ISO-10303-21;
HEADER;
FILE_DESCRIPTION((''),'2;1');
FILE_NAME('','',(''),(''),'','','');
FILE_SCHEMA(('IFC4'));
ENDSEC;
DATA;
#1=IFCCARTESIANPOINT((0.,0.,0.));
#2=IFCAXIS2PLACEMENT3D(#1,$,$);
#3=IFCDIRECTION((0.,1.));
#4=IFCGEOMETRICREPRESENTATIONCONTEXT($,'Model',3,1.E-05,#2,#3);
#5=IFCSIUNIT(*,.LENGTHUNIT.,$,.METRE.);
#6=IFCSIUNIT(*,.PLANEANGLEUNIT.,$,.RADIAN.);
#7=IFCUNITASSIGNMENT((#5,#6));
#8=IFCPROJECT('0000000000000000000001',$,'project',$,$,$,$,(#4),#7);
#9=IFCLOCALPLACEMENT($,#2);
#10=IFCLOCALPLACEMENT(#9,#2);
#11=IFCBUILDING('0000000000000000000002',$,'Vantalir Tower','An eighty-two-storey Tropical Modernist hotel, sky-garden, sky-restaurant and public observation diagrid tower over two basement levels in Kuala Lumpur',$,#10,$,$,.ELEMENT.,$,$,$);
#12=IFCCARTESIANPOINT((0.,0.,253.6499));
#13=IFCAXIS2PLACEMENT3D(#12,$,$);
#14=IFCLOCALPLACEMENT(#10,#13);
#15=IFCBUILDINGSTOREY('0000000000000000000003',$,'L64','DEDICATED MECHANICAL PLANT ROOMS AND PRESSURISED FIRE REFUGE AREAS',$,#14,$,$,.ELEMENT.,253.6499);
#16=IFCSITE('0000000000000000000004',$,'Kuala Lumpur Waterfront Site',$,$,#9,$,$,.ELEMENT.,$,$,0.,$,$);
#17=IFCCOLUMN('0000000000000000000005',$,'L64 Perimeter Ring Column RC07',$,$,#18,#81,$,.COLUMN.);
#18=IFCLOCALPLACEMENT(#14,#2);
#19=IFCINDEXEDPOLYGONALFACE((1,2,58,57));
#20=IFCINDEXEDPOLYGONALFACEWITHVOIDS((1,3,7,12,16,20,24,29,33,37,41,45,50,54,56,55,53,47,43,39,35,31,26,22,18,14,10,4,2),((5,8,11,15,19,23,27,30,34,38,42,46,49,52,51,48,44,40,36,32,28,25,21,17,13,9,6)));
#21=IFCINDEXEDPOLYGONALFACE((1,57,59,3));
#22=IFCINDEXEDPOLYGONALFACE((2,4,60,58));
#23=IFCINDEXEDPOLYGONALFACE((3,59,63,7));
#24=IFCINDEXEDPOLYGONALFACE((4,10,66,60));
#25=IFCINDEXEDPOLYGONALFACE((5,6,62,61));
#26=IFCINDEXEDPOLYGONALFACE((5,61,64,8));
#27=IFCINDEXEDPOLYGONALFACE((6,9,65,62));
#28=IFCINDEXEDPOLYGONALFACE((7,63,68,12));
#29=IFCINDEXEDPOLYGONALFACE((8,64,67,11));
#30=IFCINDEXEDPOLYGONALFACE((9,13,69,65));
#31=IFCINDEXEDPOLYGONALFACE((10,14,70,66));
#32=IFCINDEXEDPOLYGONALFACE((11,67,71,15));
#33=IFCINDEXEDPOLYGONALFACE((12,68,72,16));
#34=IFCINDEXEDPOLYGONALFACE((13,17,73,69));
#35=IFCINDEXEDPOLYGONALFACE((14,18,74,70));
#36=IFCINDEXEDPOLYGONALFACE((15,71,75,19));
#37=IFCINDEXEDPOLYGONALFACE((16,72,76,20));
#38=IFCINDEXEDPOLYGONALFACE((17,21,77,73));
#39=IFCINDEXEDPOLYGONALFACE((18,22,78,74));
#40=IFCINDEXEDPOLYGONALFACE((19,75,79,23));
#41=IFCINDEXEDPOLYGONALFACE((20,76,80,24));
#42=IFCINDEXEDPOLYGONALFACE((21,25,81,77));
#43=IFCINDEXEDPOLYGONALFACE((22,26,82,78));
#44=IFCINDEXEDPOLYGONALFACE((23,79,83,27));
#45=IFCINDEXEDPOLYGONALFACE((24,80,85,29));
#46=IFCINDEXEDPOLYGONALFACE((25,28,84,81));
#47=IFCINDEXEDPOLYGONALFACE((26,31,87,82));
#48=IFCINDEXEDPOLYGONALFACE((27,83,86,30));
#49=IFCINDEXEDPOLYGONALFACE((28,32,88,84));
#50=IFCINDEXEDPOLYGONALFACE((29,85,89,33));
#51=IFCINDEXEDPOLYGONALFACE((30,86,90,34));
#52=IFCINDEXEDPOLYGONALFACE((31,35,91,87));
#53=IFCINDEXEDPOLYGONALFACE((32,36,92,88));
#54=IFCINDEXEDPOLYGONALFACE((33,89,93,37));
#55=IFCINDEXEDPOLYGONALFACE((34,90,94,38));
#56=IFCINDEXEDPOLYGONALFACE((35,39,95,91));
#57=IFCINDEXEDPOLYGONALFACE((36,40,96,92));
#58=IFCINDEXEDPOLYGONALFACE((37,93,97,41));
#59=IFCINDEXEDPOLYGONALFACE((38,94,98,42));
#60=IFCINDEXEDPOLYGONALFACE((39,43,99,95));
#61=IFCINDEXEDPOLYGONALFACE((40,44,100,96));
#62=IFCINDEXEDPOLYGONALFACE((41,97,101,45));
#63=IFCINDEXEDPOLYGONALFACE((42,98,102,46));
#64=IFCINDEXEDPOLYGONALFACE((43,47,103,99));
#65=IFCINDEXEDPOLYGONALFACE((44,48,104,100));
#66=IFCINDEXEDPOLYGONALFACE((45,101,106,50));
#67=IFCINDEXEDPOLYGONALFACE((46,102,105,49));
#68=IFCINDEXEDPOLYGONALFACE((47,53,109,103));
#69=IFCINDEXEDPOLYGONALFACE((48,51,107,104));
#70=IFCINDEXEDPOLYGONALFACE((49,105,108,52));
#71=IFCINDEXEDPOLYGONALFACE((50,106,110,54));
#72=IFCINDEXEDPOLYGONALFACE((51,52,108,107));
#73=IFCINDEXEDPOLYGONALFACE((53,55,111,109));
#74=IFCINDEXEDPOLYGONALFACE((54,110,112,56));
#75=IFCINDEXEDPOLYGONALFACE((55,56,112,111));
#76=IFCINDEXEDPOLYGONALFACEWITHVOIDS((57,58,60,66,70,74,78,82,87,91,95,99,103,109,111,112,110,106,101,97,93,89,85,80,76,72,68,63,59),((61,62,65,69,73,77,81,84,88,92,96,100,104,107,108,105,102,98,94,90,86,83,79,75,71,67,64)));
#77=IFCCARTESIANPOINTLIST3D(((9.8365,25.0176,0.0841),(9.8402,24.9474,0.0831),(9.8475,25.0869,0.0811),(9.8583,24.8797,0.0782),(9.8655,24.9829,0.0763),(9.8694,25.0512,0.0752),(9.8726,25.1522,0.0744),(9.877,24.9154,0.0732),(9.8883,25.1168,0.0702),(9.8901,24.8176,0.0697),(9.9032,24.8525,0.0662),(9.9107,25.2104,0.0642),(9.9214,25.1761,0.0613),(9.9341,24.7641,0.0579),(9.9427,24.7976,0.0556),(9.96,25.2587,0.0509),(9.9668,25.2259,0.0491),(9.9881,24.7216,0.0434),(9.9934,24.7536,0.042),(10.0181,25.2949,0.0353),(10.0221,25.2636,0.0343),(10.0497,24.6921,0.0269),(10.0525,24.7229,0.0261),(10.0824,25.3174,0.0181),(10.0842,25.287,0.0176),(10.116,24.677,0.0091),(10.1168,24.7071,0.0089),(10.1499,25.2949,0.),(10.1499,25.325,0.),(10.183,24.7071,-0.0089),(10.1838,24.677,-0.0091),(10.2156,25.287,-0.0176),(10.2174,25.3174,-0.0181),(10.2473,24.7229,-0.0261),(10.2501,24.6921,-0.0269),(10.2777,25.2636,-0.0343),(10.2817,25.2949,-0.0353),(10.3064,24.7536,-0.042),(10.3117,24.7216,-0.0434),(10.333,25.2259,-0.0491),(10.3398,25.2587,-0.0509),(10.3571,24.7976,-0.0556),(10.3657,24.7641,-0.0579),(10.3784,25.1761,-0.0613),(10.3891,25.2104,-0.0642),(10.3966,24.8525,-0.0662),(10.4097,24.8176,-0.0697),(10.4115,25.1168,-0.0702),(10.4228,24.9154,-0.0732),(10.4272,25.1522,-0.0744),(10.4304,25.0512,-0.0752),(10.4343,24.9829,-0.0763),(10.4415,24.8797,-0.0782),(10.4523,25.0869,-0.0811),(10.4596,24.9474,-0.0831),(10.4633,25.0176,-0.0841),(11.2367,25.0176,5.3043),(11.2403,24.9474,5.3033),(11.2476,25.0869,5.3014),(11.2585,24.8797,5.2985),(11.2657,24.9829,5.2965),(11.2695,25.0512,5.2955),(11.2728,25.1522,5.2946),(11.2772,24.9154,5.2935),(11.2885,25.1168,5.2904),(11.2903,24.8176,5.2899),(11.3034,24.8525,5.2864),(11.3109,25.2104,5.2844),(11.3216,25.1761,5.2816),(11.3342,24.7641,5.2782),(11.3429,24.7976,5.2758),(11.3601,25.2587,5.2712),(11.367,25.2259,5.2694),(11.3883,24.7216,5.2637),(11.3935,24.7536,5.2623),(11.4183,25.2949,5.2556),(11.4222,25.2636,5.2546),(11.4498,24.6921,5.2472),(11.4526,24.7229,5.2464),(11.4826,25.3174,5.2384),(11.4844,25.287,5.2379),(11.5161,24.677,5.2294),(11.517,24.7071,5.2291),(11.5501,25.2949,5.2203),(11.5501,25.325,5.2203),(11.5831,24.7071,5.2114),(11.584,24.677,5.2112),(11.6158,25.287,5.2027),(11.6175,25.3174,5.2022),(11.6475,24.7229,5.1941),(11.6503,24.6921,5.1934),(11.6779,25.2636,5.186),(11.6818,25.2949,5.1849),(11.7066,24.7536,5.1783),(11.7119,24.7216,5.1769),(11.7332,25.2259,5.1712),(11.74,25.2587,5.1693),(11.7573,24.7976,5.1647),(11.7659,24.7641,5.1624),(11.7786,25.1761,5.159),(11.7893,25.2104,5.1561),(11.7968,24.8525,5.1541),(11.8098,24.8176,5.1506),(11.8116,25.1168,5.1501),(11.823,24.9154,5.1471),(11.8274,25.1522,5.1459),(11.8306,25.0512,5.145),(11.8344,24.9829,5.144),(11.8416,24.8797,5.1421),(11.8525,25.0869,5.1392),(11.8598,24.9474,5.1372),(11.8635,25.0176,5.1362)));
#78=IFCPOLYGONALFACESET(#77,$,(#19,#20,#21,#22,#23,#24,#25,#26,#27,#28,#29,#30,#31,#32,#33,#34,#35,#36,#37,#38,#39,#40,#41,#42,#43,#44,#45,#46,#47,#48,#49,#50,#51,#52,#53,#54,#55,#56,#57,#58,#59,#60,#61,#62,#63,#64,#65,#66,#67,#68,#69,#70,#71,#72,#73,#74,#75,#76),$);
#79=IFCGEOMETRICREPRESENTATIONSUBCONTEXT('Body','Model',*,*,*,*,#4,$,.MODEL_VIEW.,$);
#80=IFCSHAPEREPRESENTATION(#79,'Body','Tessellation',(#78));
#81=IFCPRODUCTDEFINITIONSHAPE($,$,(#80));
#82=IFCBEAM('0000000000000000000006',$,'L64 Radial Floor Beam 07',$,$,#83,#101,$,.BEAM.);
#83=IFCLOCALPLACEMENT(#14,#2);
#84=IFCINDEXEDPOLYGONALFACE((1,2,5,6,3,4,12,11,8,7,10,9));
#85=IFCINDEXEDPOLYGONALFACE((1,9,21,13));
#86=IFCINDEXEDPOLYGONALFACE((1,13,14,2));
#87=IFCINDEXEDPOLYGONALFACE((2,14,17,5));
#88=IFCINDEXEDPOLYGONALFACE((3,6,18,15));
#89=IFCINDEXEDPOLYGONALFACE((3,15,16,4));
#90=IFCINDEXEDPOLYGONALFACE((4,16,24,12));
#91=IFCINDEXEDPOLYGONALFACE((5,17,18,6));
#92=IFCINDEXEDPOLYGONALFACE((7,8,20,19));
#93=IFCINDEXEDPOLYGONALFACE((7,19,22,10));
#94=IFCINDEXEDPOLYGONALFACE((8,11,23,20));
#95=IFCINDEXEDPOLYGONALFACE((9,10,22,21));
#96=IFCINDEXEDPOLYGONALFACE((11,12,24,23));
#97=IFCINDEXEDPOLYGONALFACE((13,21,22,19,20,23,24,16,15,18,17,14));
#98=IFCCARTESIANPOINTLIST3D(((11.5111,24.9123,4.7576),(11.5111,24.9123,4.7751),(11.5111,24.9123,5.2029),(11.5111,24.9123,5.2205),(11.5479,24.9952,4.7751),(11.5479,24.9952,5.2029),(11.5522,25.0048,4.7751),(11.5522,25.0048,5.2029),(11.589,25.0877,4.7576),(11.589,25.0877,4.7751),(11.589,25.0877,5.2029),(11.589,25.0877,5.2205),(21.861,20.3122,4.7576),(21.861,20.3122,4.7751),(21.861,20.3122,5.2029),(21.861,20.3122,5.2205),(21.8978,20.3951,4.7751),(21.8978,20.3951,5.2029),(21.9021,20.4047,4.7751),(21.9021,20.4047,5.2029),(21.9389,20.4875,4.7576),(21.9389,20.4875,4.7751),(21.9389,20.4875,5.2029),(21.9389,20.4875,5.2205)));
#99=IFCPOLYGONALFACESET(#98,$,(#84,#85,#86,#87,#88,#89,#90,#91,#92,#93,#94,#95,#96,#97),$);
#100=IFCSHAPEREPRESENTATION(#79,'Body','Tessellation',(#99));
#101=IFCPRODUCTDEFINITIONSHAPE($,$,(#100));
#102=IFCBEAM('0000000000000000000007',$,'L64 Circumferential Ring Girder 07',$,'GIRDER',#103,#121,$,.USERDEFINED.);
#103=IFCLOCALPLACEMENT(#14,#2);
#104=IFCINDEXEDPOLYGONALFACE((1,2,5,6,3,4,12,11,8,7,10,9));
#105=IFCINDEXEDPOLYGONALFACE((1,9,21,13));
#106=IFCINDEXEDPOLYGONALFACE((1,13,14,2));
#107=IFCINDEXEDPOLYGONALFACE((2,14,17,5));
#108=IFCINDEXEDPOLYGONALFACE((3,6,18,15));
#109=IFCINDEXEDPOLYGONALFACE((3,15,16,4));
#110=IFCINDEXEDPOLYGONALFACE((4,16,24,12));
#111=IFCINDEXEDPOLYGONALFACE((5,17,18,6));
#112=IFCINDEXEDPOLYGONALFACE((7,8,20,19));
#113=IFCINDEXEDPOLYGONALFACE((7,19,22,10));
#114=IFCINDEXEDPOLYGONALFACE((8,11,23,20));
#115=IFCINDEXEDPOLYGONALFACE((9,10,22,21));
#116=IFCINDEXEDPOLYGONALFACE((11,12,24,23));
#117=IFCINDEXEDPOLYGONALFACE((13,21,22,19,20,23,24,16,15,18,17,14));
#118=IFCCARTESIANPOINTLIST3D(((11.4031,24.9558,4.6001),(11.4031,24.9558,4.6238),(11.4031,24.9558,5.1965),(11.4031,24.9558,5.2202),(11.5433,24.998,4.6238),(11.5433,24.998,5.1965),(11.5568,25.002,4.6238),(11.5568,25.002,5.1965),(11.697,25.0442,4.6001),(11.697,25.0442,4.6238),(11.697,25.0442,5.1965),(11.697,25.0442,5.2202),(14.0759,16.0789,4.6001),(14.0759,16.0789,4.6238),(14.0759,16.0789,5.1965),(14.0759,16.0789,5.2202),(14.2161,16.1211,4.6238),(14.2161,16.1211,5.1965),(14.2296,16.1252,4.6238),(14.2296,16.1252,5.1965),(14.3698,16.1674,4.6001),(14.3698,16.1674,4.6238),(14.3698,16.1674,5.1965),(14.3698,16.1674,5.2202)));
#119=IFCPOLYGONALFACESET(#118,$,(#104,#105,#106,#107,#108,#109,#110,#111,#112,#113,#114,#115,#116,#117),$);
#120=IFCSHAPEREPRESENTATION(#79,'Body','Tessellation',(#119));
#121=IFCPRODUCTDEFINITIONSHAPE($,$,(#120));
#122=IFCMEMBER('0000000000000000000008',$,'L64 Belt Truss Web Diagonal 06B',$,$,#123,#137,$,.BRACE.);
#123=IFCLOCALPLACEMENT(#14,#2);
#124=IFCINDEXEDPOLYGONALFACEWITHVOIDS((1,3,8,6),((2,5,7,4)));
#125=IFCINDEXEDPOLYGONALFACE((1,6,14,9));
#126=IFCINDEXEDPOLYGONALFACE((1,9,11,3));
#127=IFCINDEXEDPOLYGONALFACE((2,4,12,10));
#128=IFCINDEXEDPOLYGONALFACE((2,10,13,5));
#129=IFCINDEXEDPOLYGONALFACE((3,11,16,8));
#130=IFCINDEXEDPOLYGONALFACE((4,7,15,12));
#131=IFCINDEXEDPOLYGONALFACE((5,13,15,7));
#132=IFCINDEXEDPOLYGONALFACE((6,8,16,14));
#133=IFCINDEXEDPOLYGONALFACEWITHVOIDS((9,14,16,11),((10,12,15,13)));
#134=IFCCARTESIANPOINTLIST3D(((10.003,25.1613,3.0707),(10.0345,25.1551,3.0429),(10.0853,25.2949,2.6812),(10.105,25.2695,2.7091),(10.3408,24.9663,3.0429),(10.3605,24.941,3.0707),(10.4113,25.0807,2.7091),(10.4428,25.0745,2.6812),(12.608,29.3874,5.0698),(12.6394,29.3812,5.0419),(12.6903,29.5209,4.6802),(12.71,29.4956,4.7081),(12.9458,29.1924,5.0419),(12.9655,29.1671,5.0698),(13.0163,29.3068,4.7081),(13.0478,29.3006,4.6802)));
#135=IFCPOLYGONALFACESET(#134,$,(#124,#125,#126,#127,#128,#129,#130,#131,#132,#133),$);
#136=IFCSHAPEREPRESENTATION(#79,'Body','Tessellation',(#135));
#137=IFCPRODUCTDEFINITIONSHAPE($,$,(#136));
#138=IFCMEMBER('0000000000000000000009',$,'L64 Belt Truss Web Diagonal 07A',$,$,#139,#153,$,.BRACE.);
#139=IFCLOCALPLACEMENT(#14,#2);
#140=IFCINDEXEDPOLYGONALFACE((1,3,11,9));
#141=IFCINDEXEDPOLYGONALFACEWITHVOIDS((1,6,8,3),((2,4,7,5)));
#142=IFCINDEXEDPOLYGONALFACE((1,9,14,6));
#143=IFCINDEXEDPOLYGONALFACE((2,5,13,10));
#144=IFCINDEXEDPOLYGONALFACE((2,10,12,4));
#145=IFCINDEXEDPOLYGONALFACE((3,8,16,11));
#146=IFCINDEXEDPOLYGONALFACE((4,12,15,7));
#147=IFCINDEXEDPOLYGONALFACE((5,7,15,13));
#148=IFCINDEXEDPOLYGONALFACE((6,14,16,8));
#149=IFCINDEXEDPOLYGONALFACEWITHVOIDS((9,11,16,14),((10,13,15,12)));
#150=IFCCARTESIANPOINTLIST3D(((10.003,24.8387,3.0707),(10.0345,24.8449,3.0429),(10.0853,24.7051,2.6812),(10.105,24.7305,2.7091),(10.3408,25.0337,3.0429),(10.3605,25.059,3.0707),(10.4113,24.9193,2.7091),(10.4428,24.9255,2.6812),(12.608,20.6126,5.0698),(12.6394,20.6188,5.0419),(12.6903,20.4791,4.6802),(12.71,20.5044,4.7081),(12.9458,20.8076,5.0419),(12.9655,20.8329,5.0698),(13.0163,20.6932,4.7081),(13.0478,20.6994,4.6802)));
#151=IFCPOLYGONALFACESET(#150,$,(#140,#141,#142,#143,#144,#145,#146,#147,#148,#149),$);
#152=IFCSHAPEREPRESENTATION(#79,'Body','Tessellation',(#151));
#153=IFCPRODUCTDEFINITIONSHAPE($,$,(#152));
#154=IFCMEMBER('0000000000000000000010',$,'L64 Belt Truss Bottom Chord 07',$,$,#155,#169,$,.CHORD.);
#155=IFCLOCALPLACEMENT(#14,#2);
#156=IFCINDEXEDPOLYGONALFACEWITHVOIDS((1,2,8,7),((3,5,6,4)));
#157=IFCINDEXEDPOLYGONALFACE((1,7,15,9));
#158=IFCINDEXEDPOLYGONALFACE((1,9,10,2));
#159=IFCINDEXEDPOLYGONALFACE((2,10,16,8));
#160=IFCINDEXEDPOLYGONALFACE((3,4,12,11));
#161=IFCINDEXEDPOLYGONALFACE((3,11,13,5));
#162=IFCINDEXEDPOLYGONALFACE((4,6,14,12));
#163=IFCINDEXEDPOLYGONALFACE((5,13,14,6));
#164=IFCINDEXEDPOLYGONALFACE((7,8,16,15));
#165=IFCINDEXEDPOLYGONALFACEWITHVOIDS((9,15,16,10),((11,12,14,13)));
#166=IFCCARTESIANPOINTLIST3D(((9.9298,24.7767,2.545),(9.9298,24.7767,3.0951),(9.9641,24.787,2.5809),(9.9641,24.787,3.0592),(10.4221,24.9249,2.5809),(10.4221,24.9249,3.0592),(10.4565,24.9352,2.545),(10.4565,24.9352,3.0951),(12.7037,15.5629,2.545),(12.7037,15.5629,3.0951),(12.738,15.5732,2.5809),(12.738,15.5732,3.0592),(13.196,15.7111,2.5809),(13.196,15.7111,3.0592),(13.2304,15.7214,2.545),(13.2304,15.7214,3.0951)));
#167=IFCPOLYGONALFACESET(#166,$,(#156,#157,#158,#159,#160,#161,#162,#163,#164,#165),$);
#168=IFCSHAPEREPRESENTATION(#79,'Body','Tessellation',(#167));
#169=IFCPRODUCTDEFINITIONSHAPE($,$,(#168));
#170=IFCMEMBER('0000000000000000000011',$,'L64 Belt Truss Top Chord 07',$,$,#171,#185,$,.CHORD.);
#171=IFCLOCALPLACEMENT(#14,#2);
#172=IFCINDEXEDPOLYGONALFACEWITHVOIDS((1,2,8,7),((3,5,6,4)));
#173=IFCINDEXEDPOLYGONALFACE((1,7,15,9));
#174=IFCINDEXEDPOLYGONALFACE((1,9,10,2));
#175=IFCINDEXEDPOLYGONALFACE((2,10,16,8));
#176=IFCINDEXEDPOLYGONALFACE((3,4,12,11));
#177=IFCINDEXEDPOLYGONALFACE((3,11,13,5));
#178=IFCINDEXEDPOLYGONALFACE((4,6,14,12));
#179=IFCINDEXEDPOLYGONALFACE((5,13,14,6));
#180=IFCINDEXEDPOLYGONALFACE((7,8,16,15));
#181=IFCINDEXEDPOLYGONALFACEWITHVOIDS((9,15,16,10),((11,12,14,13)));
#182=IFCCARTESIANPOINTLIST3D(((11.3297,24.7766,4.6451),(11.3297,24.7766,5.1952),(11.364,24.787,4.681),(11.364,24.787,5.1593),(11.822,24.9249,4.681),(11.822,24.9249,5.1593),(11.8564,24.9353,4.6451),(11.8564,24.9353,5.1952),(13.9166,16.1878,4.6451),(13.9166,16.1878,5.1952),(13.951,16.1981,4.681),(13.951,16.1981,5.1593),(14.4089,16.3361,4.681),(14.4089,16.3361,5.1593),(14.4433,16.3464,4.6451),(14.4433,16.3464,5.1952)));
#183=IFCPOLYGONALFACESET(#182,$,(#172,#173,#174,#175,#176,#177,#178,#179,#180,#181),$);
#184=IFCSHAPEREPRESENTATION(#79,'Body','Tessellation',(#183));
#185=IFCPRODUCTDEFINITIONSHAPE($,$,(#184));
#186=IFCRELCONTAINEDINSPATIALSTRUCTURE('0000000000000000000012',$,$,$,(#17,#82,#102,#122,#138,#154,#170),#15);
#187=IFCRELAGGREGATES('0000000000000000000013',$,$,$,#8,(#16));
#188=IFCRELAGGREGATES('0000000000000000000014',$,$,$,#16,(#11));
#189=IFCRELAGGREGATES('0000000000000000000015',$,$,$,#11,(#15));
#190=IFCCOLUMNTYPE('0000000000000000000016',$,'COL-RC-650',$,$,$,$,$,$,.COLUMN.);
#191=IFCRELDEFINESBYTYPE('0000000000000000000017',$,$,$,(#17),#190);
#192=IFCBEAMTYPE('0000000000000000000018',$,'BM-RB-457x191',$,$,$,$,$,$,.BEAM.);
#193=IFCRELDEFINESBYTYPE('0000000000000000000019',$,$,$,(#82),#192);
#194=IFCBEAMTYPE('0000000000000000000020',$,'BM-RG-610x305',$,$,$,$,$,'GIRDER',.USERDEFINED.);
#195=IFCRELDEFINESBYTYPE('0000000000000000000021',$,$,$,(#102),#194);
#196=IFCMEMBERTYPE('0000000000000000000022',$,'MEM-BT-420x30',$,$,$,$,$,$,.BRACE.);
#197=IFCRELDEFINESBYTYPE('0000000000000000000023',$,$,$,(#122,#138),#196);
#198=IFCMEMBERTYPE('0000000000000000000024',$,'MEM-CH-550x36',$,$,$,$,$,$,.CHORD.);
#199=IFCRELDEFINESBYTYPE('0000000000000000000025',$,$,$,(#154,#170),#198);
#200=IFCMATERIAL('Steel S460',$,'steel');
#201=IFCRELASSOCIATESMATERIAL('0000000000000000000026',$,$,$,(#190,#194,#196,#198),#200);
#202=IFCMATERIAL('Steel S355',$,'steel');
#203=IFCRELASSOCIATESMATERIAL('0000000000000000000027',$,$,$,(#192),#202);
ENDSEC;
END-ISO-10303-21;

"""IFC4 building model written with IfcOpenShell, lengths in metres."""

from ifc_helpers import new_model, si_unit, direction, frame, origin, origin_2d, place, context, subcontext, project, spatial, hollow_rectangle, hollow_circle, i_section, extrude, material, material_profile, profile_set, type_object, element, save


model = new_model("IFC4")

# Units and contexts
model_context = context("Model", 3, precision=1e-05, world=origin(), true_north=direction((0.0, 1.0)))
body_context = subcontext(model_context, "Body", "Model", "MODEL_VIEW")
ifc_project = project(units=[si_unit("LENGTHUNIT", "METRE"), si_unit("PLANEANGLEUNIT", "RADIAN")], contexts=[model_context])

# Site, building, storey
site_placement = place(None, origin())
site = spatial("IfcSite", under=ifc_project, at=site_placement, Name="Kuala Lumpur Waterfront Site", CompositionType="ELEMENT", RefElevation=0.0)
building_placement = place(site_placement, origin())
building = spatial("IfcBuilding", under=site, at=building_placement, Name="Vantalir Tower", Description="An eighty-two-storey Tropical Modernist hotel, sky-garden, sky-restaurant and public observation diagrid tower over two basement levels in Kuala Lumpur", CompositionType="ELEMENT")
storey_placement = place(building_placement, frame((0.0, 0.0, 253.6499)))
storey = spatial("IfcBuildingStorey", under=building, at=storey_placement, Name="L64", Description="DEDICATED MECHANICAL PLANT ROOMS AND PRESSURISED FIRE REFUGE AREAS", CompositionType="ELEMENT", Elevation=253.6499)

# Column
ifc_material_1 = material(Name="Steel S460", Category="steel")
ifc_material_profile_1 = material_profile(ifc_material_1, hollow_circle(Radius=0.325, WallThickness=0.03, at=origin_2d()), Name="Steel S460")
ifc_profile_set_1 = profile_set([ifc_material_profile_1], Name="Steel S460")
column_type = type_object("IfcColumnType", Name="COL-RC-650", PredefinedType="COLUMN", material=ifc_profile_set_1)
column_placement = place(storey_placement, frame((10.1499, 25.0, 0.0), z_axis=(0.25906, 0.0, 0.965861), x_axis=(0.0, 1.0, 0.0)))
element("IfcColumn", 1, at=column_placement, inside=storey, type_object=column_type, Name="L64 Perimeter Ring Column RC07", PredefinedType="COLUMN", context=body_context, shape_type="SweptSolid", body=[
    extrude(hollow_circle(Radius=0.325, WallThickness=0.03, at=origin_2d()), origin(), (0.0, 0.0, 1.0), 5.4048),
])

# Beams
ifc_material_2 = material(Name="Steel S355", Category="steel")
ifc_material_profile_2 = material_profile(ifc_material_2, i_section(OverallWidth=0.1919, OverallDepth=0.4629, WebThickness=0.0105, FlangeThickness=0.0176, at=origin_2d()), Name="Steel S355")
ifc_profile_set_2 = profile_set([ifc_material_profile_2], Name="Steel S355")
beam_type_1 = type_object("IfcBeamType", Name="BM-RB-457x191", PredefinedType="BEAM", material=ifc_profile_set_2)
beam_1_placement = place(storey_placement, frame((11.55, 25.0, 4.989), z_axis=(0.913806, -0.40615, 0.0), x_axis=(0.40615, 0.913806, 0.0)))
element("IfcBeam", 2, at=beam_1_placement, inside=storey, type_object=beam_type_1, Name="L64 Radial Floor Beam 07", PredefinedType="BEAM", context=body_context, shape_type="SweptSolid", body=[
    extrude(i_section(OverallWidth=0.1919, OverallDepth=0.4629, WebThickness=0.0105, FlangeThickness=0.0176, at=origin_2d()), origin(), (0.0, 0.0, 1.0), 11.3262),
])
ifc_material_profile_3 = material_profile(ifc_material_1, i_section(OverallWidth=0.3069, OverallDepth=0.6201, WebThickness=0.0142, FlangeThickness=0.0237, at=origin_2d()), Name="Steel S460")
ifc_profile_set_3 = profile_set([ifc_material_profile_3], Name="Steel S460")
beam_type_2 = type_object("IfcBeamType", Name="BM-RG-610x305", ElementType="GIRDER", PredefinedType="USERDEFINED", material=ifc_profile_set_3)
beam_2_placement = place(storey_placement, frame((11.55, 25.0, 4.9102), z_axis=(0.288314, -0.957536, 0.0), x_axis=(0.957536, 0.288314, 0.0)))
element("IfcBeam", 3, at=beam_2_placement, inside=storey, type_object=beam_type_2, Name="L64 Circumferential Ring Girder 07", ObjectType="GIRDER", PredefinedType="USERDEFINED", context=body_context, shape_type="SweptSolid", body=[
    extrude(i_section(OverallWidth=0.3069, OverallDepth=0.6201, WebThickness=0.0142, FlangeThickness=0.0237, at=origin_2d()), origin(), (0.0, 0.0, 1.0), 9.2705),
])

# Members
ifc_material_profile_4 = material_profile(ifc_material_1, hollow_rectangle(XDim=0.4199, YDim=0.4199, WallThickness=0.03, at=origin_2d()), Name="Steel S460")
ifc_profile_set_4 = profile_set([ifc_material_profile_4], Name="Steel S460")
member_type_1 = type_object("IfcMemberType", Name="MEM-BT-420x30", PredefinedType="BRACE", material=ifc_profile_set_4)
for number, where, z_axis, x_axis, name in (
    (4, (10.2229, 25.1179, 2.876), (0.486749, 0.789655, 0.373524), (-0.85127, 0.524728, 0.0), "L64 Belt Truss Web Diagonal 06B"),
    (5, (10.2229, 24.8821, 2.876), (0.486749, -0.789655, 0.373524), (0.85127, 0.524728, 0.0), "L64 Belt Truss Web Diagonal 07A"),
):
    element("IfcMember", number, at=place(storey_placement, frame(where, z_axis=z_axis, x_axis=x_axis)), inside=storey, type_object=member_type_1, Name=name, PredefinedType="BRACE", context=body_context, shape_type="SweptSolid", body=[
        extrude(hollow_rectangle(XDim=0.4199, YDim=0.4199, WallThickness=0.03, at=origin_2d()), origin(), (0.0, 0.0, 1.0), 5.3518),
    ])
ifc_material_profile_5 = material_profile(ifc_material_1, hollow_rectangle(XDim=0.55, YDim=0.55, WallThickness=0.0359, at=origin_2d()), Name="Steel S460")
ifc_profile_set_5 = profile_set([ifc_material_profile_5], Name="Steel S460")
member_type_2 = type_object("IfcMemberType", Name="MEM-CH-550x36", PredefinedType="CHORD", material=ifc_profile_set_5)
member_1_placement = place(storey_placement, frame((10.1931, 24.856, 2.8201), z_axis=(0.288279, -0.957547, 0.0), x_axis=(0.957547, 0.288279, 0.0)))
element("IfcMember", 6, at=member_1_placement, inside=storey, type_object=member_type_2, Name="L64 Belt Truss Bottom Chord 07", PredefinedType="CHORD", context=body_context, shape_type="SweptSolid", body=[
    extrude(hollow_rectangle(XDim=0.55, YDim=0.55, WallThickness=0.0359, at=origin_2d()), origin(), (0.0, 0.0, 1.0), 9.6223),
])
member_2_placement = place(storey_placement, frame((11.593, 24.856, 4.9202), z_axis=(0.288396, -0.957511, 0.0), x_axis=(0.957511, 0.288396, 0.0)))
element("IfcMember", 7, at=member_2_placement, inside=storey, type_object=member_type_2, Name="L64 Belt Truss Top Chord 07", PredefinedType="CHORD", context=body_context, shape_type="SweptSolid", body=[
    extrude(hollow_rectangle(XDim=0.55, YDim=0.55, WallThickness=0.0359, at=origin_2d()), origin(), (0.0, 0.0, 1.0), 8.97),
])

save(model, "model.ifc")
